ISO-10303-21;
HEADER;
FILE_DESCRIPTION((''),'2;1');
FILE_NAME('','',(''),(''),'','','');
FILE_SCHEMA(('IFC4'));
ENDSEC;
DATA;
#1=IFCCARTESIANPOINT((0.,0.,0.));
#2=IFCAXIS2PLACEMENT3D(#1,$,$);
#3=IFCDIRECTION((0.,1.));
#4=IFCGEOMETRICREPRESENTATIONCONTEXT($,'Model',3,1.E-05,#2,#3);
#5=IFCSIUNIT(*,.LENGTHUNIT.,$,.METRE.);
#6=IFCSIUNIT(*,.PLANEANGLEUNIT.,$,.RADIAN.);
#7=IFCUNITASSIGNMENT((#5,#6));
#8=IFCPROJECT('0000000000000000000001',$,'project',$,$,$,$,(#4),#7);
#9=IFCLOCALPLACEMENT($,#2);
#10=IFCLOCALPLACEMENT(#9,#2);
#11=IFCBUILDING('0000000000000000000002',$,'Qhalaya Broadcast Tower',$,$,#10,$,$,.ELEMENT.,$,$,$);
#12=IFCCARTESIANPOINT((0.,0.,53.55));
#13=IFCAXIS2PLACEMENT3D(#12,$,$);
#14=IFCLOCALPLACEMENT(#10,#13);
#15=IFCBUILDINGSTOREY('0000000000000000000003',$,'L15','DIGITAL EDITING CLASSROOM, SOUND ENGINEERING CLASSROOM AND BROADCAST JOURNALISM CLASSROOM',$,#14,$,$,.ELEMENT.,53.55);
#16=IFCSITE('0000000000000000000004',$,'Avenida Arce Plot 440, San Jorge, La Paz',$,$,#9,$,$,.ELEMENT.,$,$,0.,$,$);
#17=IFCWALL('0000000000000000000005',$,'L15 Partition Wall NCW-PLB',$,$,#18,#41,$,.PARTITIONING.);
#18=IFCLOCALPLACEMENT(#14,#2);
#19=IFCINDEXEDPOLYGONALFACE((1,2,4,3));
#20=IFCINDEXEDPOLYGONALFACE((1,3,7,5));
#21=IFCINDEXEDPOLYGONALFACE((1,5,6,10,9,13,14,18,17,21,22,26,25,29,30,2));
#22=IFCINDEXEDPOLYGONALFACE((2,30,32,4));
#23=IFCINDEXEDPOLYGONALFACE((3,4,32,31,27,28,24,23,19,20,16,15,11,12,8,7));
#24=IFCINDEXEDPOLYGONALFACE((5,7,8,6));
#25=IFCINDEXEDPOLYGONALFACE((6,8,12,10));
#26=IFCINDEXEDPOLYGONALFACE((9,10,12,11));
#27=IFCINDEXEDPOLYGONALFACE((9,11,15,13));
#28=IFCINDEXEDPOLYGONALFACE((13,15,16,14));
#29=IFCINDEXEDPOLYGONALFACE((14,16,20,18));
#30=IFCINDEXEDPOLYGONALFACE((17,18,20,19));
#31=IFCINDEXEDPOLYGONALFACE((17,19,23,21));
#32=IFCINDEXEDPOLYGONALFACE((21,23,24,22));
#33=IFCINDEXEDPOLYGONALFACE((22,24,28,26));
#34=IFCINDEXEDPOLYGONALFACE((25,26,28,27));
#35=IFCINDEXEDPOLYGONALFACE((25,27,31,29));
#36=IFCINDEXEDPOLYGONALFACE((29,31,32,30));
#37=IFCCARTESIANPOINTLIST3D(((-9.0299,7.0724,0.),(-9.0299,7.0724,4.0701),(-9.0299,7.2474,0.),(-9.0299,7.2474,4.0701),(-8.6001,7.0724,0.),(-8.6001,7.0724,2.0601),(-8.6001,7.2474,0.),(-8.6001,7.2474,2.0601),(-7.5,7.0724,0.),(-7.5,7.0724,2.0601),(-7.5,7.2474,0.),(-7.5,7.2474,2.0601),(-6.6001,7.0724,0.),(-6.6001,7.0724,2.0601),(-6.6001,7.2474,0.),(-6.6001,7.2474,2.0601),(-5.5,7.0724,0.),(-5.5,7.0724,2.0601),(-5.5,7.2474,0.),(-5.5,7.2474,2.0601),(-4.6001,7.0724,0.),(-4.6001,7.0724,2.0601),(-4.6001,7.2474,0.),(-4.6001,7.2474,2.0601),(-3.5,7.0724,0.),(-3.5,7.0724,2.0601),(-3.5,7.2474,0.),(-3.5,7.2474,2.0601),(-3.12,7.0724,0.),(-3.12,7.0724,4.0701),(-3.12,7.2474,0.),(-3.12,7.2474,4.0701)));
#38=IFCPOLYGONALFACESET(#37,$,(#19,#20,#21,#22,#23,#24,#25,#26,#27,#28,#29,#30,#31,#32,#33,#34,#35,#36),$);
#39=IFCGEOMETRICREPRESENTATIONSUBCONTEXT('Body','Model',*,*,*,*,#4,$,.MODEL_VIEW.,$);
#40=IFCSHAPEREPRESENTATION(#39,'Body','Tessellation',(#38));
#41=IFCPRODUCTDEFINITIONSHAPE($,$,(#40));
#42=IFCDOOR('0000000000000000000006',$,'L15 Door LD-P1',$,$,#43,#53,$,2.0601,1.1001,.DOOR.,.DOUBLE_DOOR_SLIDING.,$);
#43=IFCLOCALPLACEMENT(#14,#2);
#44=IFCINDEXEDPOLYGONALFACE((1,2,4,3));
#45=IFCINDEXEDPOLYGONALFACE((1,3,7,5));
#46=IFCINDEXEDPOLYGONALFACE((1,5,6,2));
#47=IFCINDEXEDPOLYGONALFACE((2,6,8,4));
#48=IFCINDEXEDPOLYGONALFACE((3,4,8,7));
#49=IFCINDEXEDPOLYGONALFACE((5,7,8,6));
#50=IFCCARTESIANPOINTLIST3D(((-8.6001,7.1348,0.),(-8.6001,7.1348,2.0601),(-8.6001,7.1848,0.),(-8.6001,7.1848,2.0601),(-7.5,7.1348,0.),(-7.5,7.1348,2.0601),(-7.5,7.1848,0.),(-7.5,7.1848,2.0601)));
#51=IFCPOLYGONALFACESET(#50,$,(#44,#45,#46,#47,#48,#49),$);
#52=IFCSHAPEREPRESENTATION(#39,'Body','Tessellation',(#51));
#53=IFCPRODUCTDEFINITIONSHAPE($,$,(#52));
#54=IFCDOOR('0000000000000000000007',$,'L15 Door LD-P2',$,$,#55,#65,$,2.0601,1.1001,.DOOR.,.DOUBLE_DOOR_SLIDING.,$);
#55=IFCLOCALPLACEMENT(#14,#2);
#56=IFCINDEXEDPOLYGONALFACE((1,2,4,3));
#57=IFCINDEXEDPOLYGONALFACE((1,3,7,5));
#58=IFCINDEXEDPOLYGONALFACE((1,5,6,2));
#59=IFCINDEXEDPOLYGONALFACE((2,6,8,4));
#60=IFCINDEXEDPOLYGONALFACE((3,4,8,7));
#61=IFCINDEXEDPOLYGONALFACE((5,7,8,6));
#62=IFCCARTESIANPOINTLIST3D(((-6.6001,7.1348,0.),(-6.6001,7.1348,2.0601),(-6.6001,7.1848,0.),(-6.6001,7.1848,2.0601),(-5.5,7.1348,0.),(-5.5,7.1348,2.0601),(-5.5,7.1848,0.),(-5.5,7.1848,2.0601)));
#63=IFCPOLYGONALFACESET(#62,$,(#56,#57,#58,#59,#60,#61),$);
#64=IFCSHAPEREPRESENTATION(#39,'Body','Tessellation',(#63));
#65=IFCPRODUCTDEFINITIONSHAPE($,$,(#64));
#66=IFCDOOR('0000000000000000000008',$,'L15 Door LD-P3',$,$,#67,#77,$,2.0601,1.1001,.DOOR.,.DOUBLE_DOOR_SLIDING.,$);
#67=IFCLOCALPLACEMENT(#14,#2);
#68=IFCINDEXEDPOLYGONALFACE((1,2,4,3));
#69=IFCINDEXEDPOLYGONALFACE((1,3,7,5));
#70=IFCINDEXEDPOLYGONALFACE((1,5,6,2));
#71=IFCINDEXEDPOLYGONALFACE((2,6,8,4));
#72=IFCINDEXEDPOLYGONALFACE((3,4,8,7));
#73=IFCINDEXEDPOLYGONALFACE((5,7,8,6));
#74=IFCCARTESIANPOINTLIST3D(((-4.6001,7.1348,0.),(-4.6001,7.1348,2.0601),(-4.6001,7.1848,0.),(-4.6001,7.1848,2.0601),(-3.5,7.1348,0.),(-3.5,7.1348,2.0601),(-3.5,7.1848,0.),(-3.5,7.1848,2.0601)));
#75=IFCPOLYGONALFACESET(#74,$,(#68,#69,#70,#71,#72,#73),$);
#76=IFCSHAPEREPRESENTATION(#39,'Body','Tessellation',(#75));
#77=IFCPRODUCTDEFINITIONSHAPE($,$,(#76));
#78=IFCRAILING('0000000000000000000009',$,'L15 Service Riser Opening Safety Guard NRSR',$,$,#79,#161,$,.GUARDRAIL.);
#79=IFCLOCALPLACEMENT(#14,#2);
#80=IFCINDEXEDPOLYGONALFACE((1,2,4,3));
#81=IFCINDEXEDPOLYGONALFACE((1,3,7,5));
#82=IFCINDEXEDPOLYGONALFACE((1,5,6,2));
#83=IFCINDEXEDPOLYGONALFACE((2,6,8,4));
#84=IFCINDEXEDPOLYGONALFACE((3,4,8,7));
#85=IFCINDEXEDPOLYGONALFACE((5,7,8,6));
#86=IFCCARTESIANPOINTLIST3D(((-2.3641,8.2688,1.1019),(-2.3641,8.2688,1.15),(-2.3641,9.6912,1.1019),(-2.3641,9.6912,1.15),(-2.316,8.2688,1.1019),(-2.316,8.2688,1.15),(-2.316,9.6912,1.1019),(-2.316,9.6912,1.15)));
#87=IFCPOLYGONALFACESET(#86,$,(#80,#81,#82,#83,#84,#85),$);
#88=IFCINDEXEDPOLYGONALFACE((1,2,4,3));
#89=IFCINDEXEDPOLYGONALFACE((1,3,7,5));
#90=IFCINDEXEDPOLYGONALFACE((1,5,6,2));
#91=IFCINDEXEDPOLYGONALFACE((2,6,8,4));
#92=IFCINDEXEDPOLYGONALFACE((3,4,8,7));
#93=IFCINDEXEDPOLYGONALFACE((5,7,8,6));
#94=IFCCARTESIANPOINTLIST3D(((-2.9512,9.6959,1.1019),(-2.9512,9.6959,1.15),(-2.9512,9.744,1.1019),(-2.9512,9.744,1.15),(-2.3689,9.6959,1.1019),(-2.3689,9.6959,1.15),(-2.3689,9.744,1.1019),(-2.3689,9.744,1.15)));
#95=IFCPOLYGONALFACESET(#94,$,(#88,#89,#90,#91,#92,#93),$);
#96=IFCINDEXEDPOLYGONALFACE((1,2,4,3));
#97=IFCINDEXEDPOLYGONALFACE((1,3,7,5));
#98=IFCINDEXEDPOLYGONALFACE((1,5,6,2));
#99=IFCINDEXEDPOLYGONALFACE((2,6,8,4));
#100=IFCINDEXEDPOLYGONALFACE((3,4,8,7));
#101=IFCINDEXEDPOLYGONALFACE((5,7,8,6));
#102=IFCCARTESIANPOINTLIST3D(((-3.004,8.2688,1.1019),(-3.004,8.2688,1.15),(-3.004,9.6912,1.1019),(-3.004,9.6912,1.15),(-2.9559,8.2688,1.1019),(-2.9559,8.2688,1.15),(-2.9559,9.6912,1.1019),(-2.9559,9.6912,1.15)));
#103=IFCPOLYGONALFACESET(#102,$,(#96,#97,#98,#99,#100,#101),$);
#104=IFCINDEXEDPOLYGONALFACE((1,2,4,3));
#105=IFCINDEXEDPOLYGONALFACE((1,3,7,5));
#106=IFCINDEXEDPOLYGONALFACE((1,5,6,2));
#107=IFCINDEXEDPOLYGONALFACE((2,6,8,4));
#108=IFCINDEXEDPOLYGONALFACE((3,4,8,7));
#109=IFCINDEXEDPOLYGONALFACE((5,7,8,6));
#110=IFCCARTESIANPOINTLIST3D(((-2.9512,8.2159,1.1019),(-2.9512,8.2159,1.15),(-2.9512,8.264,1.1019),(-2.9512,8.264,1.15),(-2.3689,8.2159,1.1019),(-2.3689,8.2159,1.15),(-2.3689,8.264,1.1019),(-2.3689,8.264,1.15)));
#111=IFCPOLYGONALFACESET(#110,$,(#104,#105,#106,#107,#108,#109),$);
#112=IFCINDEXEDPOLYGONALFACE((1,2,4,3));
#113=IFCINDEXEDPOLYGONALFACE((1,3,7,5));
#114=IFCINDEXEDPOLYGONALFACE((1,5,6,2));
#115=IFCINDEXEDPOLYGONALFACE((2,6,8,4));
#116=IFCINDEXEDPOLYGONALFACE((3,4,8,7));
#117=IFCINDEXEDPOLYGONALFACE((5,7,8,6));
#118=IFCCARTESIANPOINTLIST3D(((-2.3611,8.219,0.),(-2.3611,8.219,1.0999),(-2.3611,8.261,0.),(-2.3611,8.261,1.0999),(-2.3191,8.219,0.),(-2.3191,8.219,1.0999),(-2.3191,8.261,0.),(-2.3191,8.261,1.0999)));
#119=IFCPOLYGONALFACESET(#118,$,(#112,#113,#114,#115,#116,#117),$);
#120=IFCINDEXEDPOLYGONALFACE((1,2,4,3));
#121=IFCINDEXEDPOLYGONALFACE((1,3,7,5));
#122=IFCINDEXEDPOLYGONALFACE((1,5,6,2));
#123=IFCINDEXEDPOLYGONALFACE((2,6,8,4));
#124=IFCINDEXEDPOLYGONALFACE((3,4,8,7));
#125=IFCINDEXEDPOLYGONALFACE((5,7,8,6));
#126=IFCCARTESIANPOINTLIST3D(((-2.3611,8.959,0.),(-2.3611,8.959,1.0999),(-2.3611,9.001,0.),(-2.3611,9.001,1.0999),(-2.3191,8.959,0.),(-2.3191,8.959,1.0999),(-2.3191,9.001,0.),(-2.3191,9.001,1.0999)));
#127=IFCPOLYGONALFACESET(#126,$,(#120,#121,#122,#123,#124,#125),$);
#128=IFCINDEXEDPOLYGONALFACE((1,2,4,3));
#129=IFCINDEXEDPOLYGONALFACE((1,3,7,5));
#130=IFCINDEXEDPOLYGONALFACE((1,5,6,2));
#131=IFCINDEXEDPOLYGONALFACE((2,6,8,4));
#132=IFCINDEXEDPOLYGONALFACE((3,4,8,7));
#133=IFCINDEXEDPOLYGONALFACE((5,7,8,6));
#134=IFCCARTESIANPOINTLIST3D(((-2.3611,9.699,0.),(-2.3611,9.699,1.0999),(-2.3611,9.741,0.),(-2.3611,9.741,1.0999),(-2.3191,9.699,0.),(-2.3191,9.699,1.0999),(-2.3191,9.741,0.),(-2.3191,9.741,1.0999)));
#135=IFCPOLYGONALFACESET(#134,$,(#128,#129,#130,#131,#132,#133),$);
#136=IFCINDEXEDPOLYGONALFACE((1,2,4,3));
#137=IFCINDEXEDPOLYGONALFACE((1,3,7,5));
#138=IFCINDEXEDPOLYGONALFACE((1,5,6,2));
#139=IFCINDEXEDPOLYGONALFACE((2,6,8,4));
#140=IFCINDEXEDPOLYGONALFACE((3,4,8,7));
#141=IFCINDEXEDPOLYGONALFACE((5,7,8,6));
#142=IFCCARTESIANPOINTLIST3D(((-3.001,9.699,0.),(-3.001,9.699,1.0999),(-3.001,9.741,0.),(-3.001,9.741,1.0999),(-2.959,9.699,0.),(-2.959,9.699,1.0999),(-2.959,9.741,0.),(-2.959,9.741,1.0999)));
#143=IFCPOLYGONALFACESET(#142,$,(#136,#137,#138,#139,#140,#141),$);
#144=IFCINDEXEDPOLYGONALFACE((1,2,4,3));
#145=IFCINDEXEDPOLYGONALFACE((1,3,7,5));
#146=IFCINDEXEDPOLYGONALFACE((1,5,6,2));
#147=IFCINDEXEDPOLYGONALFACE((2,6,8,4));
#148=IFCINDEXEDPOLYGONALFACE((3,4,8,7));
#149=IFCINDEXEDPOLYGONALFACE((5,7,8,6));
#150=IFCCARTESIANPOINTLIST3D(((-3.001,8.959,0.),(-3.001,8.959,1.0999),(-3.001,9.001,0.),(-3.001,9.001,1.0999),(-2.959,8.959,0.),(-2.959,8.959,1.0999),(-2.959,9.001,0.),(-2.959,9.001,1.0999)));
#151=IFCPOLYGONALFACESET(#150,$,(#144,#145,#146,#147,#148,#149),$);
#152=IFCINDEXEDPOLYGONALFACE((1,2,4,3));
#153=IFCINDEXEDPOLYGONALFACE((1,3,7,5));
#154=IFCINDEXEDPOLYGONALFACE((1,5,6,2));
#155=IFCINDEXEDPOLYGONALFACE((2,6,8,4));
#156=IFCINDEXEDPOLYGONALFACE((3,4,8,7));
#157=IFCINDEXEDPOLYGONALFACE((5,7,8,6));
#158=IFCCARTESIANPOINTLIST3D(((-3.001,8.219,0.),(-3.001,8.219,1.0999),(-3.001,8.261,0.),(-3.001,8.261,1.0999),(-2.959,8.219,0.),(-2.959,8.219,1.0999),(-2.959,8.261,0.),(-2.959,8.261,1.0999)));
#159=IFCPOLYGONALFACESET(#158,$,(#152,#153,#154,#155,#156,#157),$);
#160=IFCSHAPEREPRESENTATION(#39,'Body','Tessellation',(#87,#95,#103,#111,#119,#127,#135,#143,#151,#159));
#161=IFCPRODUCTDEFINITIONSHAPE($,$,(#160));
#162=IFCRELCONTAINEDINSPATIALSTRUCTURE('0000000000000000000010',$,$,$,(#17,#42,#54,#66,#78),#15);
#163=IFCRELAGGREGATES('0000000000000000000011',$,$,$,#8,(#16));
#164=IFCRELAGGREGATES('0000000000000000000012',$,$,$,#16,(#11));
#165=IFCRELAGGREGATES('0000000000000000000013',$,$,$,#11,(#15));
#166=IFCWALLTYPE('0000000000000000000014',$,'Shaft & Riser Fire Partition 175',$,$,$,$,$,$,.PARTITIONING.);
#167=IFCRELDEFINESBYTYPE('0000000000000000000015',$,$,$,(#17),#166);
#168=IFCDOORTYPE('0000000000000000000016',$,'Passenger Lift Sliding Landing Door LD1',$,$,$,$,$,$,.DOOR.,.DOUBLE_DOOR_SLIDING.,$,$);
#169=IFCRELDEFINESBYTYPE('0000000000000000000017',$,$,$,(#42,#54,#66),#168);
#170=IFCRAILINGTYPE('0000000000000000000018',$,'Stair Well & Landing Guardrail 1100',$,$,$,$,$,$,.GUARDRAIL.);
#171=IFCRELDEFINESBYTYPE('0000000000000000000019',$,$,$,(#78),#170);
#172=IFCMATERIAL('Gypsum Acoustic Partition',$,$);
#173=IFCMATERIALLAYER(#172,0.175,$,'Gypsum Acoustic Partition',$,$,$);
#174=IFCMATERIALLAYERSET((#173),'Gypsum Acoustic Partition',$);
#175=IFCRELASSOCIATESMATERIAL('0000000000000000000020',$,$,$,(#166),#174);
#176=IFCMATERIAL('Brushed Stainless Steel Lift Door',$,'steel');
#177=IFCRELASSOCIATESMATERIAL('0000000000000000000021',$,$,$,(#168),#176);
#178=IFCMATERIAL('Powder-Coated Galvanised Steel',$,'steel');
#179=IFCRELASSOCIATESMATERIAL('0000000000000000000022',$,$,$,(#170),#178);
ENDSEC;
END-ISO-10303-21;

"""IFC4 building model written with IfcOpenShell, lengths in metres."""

from ifc_helpers import new_model, si_unit, direction, frame, frame_2d, origin, origin_2d, place, context, subcontext, project, spatial, rectangle, extrude, material, layer, layer_set, type_object, element, fill, save


model = new_model("IFC4")

# Units and contexts
model_context = context("Model", 3, precision=1e-05, world=origin(), true_north=direction((0.0, 1.0)))
body_context = subcontext(model_context, "Body", "Model", "MODEL_VIEW")
ifc_project = project(units=[si_unit("LENGTHUNIT", "METRE"), si_unit("PLANEANGLEUNIT", "RADIAN")], contexts=[model_context])

# Site, building, storey
site_placement = place(None, origin())
site = spatial("IfcSite", under=ifc_project, at=site_placement, Name="Avenida Arce Plot 440, San Jorge, La Paz", CompositionType="ELEMENT", RefElevation=0.0)
building_placement = place(site_placement, origin())
building = spatial("IfcBuilding", under=site, at=building_placement, Name="Qhalaya Broadcast Tower", CompositionType="ELEMENT")
storey_placement = place(building_placement, frame((0.0, 0.0, 53.55)))
storey = spatial("IfcBuildingStorey", under=building, at=storey_placement, Name="L15", Description="DIGITAL EDITING CLASSROOM, SOUND ENGINEERING CLASSROOM AND BROADCAST JOURNALISM CLASSROOM", CompositionType="ELEMENT", Elevation=53.55)

# Shared definitions
ifc_material_1 = material(Name="Gypsum Acoustic Partition")

# Shared definitions
ifc_layer_1 = layer(ifc_material_1, 0.175, Name="Gypsum Acoustic Partition")
ifc_layer_set_1 = layer_set([ifc_layer_1], Name="Gypsum Acoustic Partition")
wall_type_1 = type_object("IfcWallType", Name="Shaft & Riser Fire Partition 175", PredefinedType="PARTITIONING", material=ifc_layer_set_1)

# Wall, openings, doors
wall_1_placement = place(storey_placement, frame((-9.03, 7.1599, 0.0), z_axis=(0.0, 0.0, 1.0), x_axis=(1.0, 0.0, 0.0)))
wall_1 = element("IfcWall", 1, at=wall_1_placement, inside=storey, type_object=wall_type_1, Name="L15 Partition Wall NCW-PLB", PredefinedType="PARTITIONING", context=body_context, shape_type="SweptSolid", body=[
    extrude(rectangle(XDim=5.9099, YDim=0.175, at=frame_2d((2.9551, 0.0))), origin(), (0.0, 0.0, 1.0), 4.0701),
])
opening_1_placement = place(wall_1_placement, frame((0.4299, 0.0, 0.0)))
opening_1 = element("IfcOpeningElement", 2, at=opening_1_placement, cuts=wall_1, PredefinedType="OPENING", context=body_context, shape_type="SweptSolid", body=[
    extrude(rectangle(XDim=1.1001, YDim=2.0601, at=frame_2d((0.55, 1.03))), frame((0.0, 0.0996, 0.0), z_axis=(0.0, -1.0, 0.0), x_axis=(1.0, 0.0, 0.0)), (0.0, 0.0, 1.0), 0.199),
])
opening_2_placement = place(wall_1_placement, frame((2.4299, 0.0, 0.0)))
opening_2 = element("IfcOpeningElement", 3, at=opening_2_placement, cuts=wall_1, PredefinedType="OPENING", context=body_context, shape_type="SweptSolid", body=[
    extrude(rectangle(XDim=1.1001, YDim=2.0601, at=frame_2d((0.55, 1.03))), frame((0.0, 0.0996, 0.0), z_axis=(0.0, -1.0, 0.0), x_axis=(1.0, 0.0, 0.0)), (0.0, 0.0, 1.0), 0.199),
])
opening_3_placement = place(wall_1_placement, frame((4.4299, 0.0, 0.0)))
opening_3 = element("IfcOpeningElement", 4, at=opening_3_placement, cuts=wall_1, PredefinedType="OPENING", context=body_context, shape_type="SweptSolid", body=[
    extrude(rectangle(XDim=1.1001, YDim=2.0601, at=frame_2d((0.55, 1.03))), frame((0.0, 0.0996, 0.0), z_axis=(0.0, -1.0, 0.0), x_axis=(1.0, 0.0, 0.0)), (0.0, 0.0, 1.0), 0.199),
])
ifc_material_2 = material(Name="Brushed Stainless Steel Lift Door", Category="steel")
door_type_1 = type_object("IfcDoorType", Name="Passenger Lift Sliding Landing Door LD1", OperationType="DOUBLE_DOOR_SLIDING", PredefinedType="DOOR", material=ifc_material_2)
door_1_placement = place(opening_1_placement, origin())
door_1 = element("IfcDoor", 5, at=door_1_placement, inside=storey, type_object=door_type_1, Name="L15 Door LD-P1", OperationType="DOUBLE_DOOR_SLIDING", OverallHeight=2.0601, OverallWidth=1.1001, PredefinedType="DOOR", context=body_context, shape_type="SweptSolid", body=[
    extrude(rectangle(XDim=1.1001, YDim=2.0601, at=frame_2d((0.55, 1.03))), frame((0.0, 0.0249, 0.0), z_axis=(0.0, -1.0, 0.0), x_axis=(1.0, 0.0, 0.0)), (0.0, 0.0, 1.0), 0.05),
])
fill(opening_1, door_1)
door_2_placement = place(opening_2_placement, origin())
door_2 = element("IfcDoor", 6, at=door_2_placement, inside=storey, type_object=door_type_1, Name="L15 Door LD-P2", OperationType="DOUBLE_DOOR_SLIDING", OverallHeight=2.0601, OverallWidth=1.1001, PredefinedType="DOOR", context=body_context, shape_type="SweptSolid", body=[
    extrude(rectangle(XDim=1.1001, YDim=2.0601, at=frame_2d((0.55, 1.03))), frame((0.0, 0.0249, 0.0), z_axis=(0.0, -1.0, 0.0), x_axis=(1.0, 0.0, 0.0)), (0.0, 0.0, 1.0), 0.05),
])
fill(opening_2, door_2)
door_3_placement = place(opening_3_placement, origin())
door_3 = element("IfcDoor", 7, at=door_3_placement, inside=storey, type_object=door_type_1, Name="L15 Door LD-P3", OperationType="DOUBLE_DOOR_SLIDING", OverallHeight=2.0601, OverallWidth=1.1001, PredefinedType="DOOR", context=body_context, shape_type="SweptSolid", body=[
    extrude(rectangle(XDim=1.1001, YDim=2.0601, at=frame_2d((0.55, 1.03))), frame((0.0, 0.0249, 0.0), z_axis=(0.0, -1.0, 0.0), x_axis=(1.0, 0.0, 0.0)), (0.0, 0.0, 1.0), 0.05),
])
fill(opening_3, door_3)

# Railing
ifc_material_3 = material(Name="Powder-Coated Galvanised Steel", Category="steel")
railing_type = type_object("IfcRailingType", Name="Stair Well & Landing Guardrail 1100", PredefinedType="GUARDRAIL", material=ifc_material_3)
railing_placement = place(storey_placement, frame((-2.3401, 8.24, 0.0)))
element("IfcRailing", 8, at=railing_placement, inside=storey, type_object=railing_type, Name="L15 Service Riser Opening Safety Guard NRSR", PredefinedType="GUARDRAIL", context=body_context, shape_type="SweptSolid", body=[
    extrude(rectangle(XDim=0.0481, YDim=0.0481, at=origin_2d()), frame((0.0, 0.0288, 1.126), z_axis=(0.0, 1.0, 0.0), x_axis=(-1.0, 0.0, 0.0)), (0.0, 0.0, 1.0), 1.4224),
    extrude(rectangle(XDim=0.0481, YDim=0.0481, at=origin_2d()), frame((-0.0288, 1.48, 1.126), z_axis=(-1.0, 0.0, 0.0), x_axis=(0.0, -1.0, 0.0)), (0.0, 0.0, 1.0), 0.5823),
    extrude(rectangle(XDim=0.0481, YDim=0.0481, at=origin_2d()), frame((-0.6399, 1.4512, 1.126), z_axis=(0.0, -1.0, 0.0), x_axis=(1.0, 0.0, 0.0)), (0.0, 0.0, 1.0), 1.4224),
    extrude(rectangle(XDim=0.0481, YDim=0.0481, at=origin_2d()), frame((-0.6111, 0.0, 1.126), z_axis=(1.0, 0.0, 0.0), x_axis=(0.0, 1.0, 0.0)), (0.0, 0.0, 1.0), 0.5823),
    extrude(rectangle(XDim=0.042, YDim=0.042, at=origin_2d()), origin(), (0.0, 0.0, 1.0), 1.0999),
    extrude(rectangle(XDim=0.042, YDim=0.042, at=origin_2d()), frame((0.0, 0.74, 0.0)), (0.0, 0.0, 1.0), 1.0999),
    extrude(rectangle(XDim=0.042, YDim=0.042, at=origin_2d()), frame((0.0, 1.48, 0.0)), (0.0, 0.0, 1.0), 1.0999),
    extrude(rectangle(XDim=0.042, YDim=0.042, at=origin_2d()), frame((-0.6399, 1.48, 0.0)), (0.0, 0.0, 1.0), 1.0999),
    extrude(rectangle(XDim=0.042, YDim=0.042, at=origin_2d()), frame((-0.6399, 0.74, 0.0)), (0.0, 0.0, 1.0), 1.0999),
    extrude(rectangle(XDim=0.042, YDim=0.042, at=origin_2d()), frame((-0.6399, 0.0, 0.0)), (0.0, 0.0, 1.0), 1.0999),
])

save(model, "model.ifc")
